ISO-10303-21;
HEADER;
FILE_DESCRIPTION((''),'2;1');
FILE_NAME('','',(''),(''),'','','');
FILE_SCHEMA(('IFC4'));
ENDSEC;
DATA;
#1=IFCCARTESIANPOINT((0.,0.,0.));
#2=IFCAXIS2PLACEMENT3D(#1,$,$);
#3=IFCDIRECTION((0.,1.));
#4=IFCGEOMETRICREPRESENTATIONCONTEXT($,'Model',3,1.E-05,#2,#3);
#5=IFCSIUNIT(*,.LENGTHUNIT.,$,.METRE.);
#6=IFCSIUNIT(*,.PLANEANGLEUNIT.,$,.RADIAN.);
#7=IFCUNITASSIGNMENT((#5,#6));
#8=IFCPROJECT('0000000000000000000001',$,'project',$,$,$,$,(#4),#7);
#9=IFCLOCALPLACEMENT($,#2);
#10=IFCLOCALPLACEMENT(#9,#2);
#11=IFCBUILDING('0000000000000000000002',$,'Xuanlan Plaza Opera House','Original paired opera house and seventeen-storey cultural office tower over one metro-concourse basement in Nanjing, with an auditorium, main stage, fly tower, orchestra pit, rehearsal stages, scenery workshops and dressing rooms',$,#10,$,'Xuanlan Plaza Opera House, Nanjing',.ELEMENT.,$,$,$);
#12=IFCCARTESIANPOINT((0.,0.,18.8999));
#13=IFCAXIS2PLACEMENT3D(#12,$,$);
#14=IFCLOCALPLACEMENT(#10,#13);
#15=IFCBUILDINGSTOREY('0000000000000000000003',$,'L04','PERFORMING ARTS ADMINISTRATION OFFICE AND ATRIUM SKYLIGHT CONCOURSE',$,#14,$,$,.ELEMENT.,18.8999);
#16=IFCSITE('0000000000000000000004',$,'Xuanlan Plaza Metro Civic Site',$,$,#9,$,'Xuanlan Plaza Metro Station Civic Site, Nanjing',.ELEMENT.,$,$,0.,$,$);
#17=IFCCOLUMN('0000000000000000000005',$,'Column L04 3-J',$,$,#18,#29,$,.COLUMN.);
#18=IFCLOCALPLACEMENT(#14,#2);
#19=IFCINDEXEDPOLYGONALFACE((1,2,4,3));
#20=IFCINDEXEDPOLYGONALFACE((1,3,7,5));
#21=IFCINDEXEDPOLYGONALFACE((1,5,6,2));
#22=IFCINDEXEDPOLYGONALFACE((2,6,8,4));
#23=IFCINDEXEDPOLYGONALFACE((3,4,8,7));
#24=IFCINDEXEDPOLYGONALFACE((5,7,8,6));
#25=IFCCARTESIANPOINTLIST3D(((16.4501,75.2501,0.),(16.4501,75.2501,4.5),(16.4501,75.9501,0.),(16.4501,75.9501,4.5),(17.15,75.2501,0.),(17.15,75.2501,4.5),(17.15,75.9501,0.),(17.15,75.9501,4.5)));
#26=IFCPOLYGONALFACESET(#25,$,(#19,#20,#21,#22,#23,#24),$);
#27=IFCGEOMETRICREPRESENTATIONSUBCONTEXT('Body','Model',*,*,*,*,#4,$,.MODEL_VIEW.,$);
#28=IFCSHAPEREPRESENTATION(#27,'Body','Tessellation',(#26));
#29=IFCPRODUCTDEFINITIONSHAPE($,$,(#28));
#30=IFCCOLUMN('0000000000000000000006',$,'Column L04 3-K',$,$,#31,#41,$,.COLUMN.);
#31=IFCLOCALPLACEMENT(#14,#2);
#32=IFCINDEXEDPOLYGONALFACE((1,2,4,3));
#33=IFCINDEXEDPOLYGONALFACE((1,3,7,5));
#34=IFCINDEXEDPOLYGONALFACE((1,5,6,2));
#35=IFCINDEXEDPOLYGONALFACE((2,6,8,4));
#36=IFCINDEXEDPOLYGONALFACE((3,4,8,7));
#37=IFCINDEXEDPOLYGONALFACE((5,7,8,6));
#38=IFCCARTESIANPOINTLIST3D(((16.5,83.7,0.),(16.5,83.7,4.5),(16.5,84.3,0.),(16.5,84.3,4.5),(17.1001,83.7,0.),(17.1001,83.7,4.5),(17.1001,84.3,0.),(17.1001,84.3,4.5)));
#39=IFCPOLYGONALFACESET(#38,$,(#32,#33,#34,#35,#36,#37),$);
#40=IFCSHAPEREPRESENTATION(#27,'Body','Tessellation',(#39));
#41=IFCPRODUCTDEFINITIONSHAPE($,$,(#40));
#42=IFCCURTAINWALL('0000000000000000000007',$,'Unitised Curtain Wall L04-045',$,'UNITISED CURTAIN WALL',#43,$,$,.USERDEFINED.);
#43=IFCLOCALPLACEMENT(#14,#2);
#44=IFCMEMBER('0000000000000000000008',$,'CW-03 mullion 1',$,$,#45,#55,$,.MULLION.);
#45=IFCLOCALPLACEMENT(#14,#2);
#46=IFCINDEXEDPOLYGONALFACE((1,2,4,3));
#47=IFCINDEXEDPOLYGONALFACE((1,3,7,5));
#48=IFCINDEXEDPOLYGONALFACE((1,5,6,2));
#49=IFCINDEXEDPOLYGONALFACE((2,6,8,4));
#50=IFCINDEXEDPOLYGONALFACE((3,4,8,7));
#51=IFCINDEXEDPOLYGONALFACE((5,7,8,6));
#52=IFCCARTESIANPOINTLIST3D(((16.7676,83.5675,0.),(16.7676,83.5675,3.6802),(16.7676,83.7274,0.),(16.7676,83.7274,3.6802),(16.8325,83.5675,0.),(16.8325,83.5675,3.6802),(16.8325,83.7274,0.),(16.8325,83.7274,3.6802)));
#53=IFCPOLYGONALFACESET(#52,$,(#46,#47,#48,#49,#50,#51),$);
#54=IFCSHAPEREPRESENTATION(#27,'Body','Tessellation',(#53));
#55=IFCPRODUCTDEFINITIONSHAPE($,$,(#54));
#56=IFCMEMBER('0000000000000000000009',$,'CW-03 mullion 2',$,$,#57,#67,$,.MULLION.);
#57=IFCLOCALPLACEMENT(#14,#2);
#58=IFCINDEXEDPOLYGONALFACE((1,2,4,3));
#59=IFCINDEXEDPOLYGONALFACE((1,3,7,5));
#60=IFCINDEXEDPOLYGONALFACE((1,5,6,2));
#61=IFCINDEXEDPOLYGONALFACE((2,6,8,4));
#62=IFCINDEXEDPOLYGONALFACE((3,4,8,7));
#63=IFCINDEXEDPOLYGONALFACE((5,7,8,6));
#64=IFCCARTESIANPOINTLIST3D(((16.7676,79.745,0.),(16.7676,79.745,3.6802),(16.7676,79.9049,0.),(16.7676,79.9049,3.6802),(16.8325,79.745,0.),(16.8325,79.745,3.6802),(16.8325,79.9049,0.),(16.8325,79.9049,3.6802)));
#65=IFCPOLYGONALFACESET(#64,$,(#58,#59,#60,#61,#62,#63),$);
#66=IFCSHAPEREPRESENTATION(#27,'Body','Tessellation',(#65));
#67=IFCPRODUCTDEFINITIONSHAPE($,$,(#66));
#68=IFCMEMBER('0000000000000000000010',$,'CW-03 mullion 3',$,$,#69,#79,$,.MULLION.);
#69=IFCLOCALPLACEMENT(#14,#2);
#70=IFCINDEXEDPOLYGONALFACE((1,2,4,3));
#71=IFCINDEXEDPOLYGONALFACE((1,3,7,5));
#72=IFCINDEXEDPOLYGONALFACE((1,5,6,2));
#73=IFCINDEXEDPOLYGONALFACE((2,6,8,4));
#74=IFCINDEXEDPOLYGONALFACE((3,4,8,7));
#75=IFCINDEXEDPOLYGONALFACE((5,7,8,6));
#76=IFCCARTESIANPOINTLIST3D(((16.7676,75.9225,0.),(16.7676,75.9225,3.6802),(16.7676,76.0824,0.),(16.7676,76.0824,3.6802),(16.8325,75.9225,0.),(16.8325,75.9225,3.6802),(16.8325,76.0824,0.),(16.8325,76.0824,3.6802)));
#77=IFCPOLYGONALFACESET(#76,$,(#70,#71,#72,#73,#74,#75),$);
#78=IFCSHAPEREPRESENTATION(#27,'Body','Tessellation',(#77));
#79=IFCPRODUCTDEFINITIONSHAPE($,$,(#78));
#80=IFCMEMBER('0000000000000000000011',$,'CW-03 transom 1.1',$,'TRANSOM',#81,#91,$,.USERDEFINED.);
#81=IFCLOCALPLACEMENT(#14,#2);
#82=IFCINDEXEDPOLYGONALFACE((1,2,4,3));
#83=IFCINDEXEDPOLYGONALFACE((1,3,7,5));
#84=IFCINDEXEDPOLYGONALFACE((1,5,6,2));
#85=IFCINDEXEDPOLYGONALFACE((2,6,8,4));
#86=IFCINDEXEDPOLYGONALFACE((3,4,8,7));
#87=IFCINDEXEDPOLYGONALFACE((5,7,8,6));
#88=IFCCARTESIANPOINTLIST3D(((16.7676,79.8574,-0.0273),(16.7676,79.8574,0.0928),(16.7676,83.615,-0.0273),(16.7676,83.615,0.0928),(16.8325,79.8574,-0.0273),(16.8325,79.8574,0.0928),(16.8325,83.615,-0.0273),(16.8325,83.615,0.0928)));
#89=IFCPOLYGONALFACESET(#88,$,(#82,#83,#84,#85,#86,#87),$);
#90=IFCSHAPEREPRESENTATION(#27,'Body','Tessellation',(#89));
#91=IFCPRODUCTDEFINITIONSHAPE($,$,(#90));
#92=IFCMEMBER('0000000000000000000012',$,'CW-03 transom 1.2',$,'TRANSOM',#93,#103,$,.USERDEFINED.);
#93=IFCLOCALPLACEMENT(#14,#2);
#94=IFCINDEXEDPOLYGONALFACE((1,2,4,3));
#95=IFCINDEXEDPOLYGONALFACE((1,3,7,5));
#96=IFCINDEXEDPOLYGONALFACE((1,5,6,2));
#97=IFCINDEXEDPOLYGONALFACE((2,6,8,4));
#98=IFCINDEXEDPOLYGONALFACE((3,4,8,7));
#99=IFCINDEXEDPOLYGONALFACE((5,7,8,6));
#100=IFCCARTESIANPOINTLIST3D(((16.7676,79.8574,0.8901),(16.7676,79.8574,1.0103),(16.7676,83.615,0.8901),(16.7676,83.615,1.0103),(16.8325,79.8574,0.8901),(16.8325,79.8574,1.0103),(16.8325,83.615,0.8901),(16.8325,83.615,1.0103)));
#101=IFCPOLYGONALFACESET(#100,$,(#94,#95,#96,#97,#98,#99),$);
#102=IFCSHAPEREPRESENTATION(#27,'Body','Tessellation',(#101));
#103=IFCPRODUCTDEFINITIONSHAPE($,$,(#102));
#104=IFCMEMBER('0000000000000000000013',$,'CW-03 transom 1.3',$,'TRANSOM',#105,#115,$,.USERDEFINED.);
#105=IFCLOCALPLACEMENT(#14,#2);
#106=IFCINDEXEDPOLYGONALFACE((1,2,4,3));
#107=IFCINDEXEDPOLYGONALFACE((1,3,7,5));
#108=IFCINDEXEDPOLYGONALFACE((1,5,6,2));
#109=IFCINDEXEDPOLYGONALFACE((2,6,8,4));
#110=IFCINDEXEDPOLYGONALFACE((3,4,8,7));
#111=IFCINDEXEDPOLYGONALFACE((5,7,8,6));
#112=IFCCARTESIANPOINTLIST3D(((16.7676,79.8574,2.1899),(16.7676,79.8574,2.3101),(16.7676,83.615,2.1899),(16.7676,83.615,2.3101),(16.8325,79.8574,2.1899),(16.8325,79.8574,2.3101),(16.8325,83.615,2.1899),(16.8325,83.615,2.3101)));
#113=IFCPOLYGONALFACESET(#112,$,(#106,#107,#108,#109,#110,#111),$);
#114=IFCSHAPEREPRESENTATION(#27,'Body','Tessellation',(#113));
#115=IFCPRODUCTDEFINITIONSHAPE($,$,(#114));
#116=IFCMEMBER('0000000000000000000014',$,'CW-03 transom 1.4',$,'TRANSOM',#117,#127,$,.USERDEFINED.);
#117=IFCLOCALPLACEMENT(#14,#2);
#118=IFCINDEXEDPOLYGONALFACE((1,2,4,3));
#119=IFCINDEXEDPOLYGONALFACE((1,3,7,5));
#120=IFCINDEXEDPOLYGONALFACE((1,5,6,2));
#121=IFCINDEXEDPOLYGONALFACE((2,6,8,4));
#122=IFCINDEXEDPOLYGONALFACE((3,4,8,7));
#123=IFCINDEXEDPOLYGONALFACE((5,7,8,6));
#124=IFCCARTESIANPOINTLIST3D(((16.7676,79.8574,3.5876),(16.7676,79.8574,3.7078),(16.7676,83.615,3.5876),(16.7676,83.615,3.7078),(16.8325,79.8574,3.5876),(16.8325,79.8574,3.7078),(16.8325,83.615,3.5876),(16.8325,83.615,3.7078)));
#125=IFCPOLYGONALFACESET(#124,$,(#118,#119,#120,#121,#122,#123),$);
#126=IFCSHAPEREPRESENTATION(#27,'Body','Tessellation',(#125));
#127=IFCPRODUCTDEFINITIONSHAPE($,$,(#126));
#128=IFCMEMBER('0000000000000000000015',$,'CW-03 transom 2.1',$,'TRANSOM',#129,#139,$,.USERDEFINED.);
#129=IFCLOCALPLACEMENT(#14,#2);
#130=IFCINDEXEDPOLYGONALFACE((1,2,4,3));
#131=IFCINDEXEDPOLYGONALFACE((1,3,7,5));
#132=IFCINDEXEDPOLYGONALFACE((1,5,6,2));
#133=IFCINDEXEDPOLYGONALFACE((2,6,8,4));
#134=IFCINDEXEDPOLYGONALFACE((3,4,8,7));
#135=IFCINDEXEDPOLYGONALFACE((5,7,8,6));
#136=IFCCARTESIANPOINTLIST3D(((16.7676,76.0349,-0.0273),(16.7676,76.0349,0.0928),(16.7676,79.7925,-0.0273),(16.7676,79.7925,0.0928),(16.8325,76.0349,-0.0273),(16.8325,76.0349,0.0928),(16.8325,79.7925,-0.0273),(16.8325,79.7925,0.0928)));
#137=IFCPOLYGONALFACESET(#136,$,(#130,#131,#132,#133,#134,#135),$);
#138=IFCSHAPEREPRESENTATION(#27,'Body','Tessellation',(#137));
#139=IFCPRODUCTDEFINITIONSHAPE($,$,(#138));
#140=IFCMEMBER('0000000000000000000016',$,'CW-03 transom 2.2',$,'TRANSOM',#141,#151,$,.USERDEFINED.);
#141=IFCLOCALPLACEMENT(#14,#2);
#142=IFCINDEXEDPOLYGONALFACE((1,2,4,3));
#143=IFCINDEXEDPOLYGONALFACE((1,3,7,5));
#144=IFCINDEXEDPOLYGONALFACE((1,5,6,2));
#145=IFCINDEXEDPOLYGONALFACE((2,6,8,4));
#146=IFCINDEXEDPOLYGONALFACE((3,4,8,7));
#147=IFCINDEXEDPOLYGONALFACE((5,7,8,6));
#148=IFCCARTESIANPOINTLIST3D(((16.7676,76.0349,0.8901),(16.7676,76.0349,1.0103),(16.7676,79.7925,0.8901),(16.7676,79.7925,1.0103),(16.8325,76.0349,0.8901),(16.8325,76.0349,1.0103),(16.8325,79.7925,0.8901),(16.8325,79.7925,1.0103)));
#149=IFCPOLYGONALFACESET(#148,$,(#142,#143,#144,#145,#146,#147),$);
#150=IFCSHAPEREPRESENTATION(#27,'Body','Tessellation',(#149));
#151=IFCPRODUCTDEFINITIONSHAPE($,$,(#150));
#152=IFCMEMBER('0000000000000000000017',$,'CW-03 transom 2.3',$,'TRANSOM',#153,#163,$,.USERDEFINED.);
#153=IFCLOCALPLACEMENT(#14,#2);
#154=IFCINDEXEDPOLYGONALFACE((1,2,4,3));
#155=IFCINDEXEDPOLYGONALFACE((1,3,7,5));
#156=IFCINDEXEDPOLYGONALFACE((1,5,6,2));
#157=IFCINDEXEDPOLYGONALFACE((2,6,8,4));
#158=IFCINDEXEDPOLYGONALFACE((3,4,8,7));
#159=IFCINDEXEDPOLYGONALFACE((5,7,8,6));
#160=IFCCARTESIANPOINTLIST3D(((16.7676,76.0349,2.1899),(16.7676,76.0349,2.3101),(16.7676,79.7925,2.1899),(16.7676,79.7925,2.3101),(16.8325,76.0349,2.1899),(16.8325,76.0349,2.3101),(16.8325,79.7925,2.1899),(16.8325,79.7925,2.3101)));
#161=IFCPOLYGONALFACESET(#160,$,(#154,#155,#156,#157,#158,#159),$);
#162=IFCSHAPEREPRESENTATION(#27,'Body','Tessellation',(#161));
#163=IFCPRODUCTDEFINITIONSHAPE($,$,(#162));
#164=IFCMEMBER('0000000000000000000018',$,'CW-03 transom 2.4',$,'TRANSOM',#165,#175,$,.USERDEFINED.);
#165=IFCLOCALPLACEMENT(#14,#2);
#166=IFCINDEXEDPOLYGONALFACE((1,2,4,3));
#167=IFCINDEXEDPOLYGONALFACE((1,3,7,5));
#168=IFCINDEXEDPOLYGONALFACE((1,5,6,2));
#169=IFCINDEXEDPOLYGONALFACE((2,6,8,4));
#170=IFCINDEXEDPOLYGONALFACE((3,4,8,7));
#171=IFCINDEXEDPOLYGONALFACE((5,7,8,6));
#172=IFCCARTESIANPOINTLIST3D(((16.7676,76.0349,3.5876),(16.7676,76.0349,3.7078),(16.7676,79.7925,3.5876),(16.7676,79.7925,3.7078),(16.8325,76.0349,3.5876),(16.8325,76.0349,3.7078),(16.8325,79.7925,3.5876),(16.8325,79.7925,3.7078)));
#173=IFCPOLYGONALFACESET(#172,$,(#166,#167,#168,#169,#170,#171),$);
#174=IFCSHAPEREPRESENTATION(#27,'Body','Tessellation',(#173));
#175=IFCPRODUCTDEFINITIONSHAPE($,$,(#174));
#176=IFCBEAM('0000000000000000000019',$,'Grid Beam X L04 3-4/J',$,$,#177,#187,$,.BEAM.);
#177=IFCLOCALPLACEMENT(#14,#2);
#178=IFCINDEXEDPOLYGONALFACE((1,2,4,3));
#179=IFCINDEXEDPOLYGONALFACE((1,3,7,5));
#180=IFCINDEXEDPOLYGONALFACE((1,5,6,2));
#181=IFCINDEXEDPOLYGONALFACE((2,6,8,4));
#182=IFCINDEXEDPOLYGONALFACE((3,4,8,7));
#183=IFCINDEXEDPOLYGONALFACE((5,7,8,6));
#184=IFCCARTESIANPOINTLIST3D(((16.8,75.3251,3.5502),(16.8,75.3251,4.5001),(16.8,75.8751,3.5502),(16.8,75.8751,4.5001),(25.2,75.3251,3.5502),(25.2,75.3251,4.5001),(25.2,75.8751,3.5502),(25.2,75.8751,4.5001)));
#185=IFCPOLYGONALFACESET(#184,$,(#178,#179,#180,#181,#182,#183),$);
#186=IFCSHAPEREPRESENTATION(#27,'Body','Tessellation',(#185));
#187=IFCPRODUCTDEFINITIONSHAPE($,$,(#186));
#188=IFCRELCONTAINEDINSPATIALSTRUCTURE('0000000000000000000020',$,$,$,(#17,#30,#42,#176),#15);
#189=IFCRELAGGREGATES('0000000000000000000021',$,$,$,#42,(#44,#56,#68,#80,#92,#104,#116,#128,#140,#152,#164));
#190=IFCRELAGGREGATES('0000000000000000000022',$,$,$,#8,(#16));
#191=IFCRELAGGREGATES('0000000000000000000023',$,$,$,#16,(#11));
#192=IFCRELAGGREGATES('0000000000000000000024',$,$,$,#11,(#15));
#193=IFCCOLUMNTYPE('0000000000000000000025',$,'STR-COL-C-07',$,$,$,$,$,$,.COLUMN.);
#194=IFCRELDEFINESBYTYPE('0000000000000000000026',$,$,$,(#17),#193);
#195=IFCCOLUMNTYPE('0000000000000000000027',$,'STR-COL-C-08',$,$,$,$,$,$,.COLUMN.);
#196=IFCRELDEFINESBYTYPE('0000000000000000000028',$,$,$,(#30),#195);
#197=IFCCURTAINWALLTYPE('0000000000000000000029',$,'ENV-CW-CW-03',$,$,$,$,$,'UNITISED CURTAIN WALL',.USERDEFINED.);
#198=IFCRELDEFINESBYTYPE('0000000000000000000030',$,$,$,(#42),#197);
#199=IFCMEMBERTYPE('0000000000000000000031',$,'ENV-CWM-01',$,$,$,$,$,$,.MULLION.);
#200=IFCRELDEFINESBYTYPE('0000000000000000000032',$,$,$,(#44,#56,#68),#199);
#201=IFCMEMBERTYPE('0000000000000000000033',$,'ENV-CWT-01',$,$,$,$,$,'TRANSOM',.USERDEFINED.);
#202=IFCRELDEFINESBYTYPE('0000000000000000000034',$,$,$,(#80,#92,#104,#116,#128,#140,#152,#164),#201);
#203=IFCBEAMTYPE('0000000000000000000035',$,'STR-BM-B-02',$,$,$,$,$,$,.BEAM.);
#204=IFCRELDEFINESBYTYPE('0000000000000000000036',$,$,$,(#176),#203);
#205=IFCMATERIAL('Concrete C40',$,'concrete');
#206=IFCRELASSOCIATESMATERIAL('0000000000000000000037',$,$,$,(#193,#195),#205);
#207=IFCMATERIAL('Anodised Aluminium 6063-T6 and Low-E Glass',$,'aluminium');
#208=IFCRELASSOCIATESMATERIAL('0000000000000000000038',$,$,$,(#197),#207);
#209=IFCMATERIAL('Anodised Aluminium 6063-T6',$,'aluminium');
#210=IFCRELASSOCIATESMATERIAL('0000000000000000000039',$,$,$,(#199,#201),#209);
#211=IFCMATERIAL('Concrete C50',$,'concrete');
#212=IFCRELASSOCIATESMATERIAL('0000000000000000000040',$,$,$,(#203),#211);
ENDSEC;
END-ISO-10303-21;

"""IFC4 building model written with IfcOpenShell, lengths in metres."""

from ifc_helpers import new_model, si_unit, direction, frame, origin, origin_2d, place, context, subcontext, project, spatial, rectangle, extrude, material, material_profile, profile_set, type_object, element, aggregate, save


model = new_model("IFC4")

# Units and contexts
model_context = context("Model", 3, precision=1e-05, world=origin(), true_north=direction((0.0, 1.0)))
body_context = subcontext(model_context, "Body", "Model", "MODEL_VIEW")
ifc_project = project(units=[si_unit("LENGTHUNIT", "METRE"), si_unit("PLANEANGLEUNIT", "RADIAN")], contexts=[model_context])

# Site, building, storey
site_placement = place(None, origin())
site = spatial("IfcSite", under=ifc_project, at=site_placement, Name="Xuanlan Plaza Metro Civic Site", LongName="Xuanlan Plaza Metro Station Civic Site, Nanjing", CompositionType="ELEMENT", RefElevation=0.0)
building_placement = place(site_placement, origin())
building = spatial("IfcBuilding", under=site, at=building_placement, Name="Xuanlan Plaza Opera House", Description="Original paired opera house and seventeen-storey cultural office tower over one metro-concourse basement in Nanjing, with an auditorium, main stage, fly tower, orchestra pit, rehearsal stages, scenery workshops and dressing rooms", LongName="Xuanlan Plaza Opera House, Nanjing", CompositionType="ELEMENT")
storey_placement = place(building_placement, frame((0.0, 0.0, 18.8999)))
storey = spatial("IfcBuildingStorey", under=building, at=storey_placement, Name="L04", Description="PERFORMING ARTS ADMINISTRATION OFFICE AND ATRIUM SKYLIGHT CONCOURSE", CompositionType="ELEMENT", Elevation=18.8999)

# Columns
ifc_material_1 = material(Name="Concrete C40", Category="concrete")
ifc_material_profile_1 = material_profile(ifc_material_1, rectangle(XDim=0.7, YDim=0.7, at=origin_2d()), Name="RC-COL 700x700")
ifc_profile_set_1 = profile_set([ifc_material_profile_1], Name="Concrete C40")
column_type_1 = type_object("IfcColumnType", Name="STR-COL-C-07", PredefinedType="COLUMN", material=ifc_profile_set_1)
column_1_placement = place(storey_placement, frame((16.8, 75.6001, 0.0), z_axis=(0.0, 0.0, 1.0), x_axis=(1.0, 0.0, 0.0)))
element("IfcColumn", 1, at=column_1_placement, inside=storey, type_object=column_type_1, Name="Column L04 3-J", PredefinedType="COLUMN", context=body_context, shape_type="SweptSolid", body=[
    extrude(rectangle(XDim=0.7, YDim=0.7, at=origin_2d()), origin(), (0.0, 0.0, 1.0), 4.5),
])
ifc_material_profile_2 = material_profile(ifc_material_1, rectangle(XDim=0.6001, YDim=0.6001, at=origin_2d()), Name="RC-COL 600x600")
ifc_profile_set_2 = profile_set([ifc_material_profile_2], Name="Concrete C40")
column_type_2 = type_object("IfcColumnType", Name="STR-COL-C-08", PredefinedType="COLUMN", material=ifc_profile_set_2)
column_2_placement = place(storey_placement, frame((16.8, 84.0, 0.0), z_axis=(0.0, 0.0, 1.0), x_axis=(1.0, 0.0, 0.0)))
element("IfcColumn", 2, at=column_2_placement, inside=storey, type_object=column_type_2, Name="Column L04 3-K", PredefinedType="COLUMN", context=body_context, shape_type="SweptSolid", body=[
    extrude(rectangle(XDim=0.6001, YDim=0.6001, at=origin_2d()), origin(), (0.0, 0.0, 1.0), 4.5),
])

# Curtain wall, members
ifc_material_2 = material(Name="Anodised Aluminium 6063-T6 and Low-E Glass", Category="aluminium")
curtain_wall_type = type_object("IfcCurtainWallType", Name="ENV-CW-CW-03", ElementType="UNITISED CURTAIN WALL", PredefinedType="USERDEFINED", material=ifc_material_2)
curtain_wall_placement = place(storey_placement, origin())
curtain_wall = element("IfcCurtainWall", 3, at=curtain_wall_placement, inside=storey, type_object=curtain_wall_type, Name="Unitised Curtain Wall L04-045", ObjectType="UNITISED CURTAIN WALL", PredefinedType="USERDEFINED")
ifc_material_3 = material(Name="Anodised Aluminium 6063-T6", Category="aluminium")
ifc_material_profile_3 = material_profile(ifc_material_3, rectangle(XDim=0.0649, YDim=0.1599, at=origin_2d()), Name="ALU-M 65x160")
ifc_profile_set_3 = profile_set([ifc_material_profile_3], Name="Anodised Aluminium 6063-T6")
member_type_1 = type_object("IfcMemberType", Name="ENV-CWM-01", PredefinedType="MULLION", material=ifc_profile_set_3)
member_1_placement = place(storey_placement, frame((16.8, 83.6475, 0.0), z_axis=(0.0, 0.0, 1.0), x_axis=(1.0, 0.0, 0.0)))
member_1 = element("IfcMember", 4, at=member_1_placement, type_object=member_type_1, Name="CW-03 mullion 1", PredefinedType="MULLION", context=body_context, shape_type="SweptSolid", body=[
    extrude(rectangle(XDim=0.0649, YDim=0.1599, at=origin_2d()), origin(), (0.0, 0.0, 1.0), 3.6802),
])
member_2_placement = place(storey_placement, frame((16.8, 79.825, 0.0), z_axis=(0.0, 0.0, 1.0), x_axis=(1.0, 0.0, 0.0)))
member_2 = element("IfcMember", 5, at=member_2_placement, type_object=member_type_1, Name="CW-03 mullion 2", PredefinedType="MULLION", context=body_context, shape_type="SweptSolid", body=[
    extrude(rectangle(XDim=0.0649, YDim=0.1599, at=origin_2d()), origin(), (0.0, 0.0, 1.0), 3.6802),
])
member_3_placement = place(storey_placement, frame((16.8, 76.0024, 0.0), z_axis=(0.0, 0.0, 1.0), x_axis=(1.0, 0.0, 0.0)))
member_3 = element("IfcMember", 6, at=member_3_placement, type_object=member_type_1, Name="CW-03 mullion 3", PredefinedType="MULLION", context=body_context, shape_type="SweptSolid", body=[
    extrude(rectangle(XDim=0.0649, YDim=0.1599, at=origin_2d()), origin(), (0.0, 0.0, 1.0), 3.6802),
])
ifc_material_profile_4 = material_profile(ifc_material_3, rectangle(XDim=0.0649, YDim=0.1201, at=origin_2d()), Name="ALU-T 65x120")
ifc_profile_set_4 = profile_set([ifc_material_profile_4], Name="Anodised Aluminium 6063-T6")
member_type_2 = type_object("IfcMemberType", Name="ENV-CWT-01", ElementType="TRANSOM", PredefinedType="USERDEFINED", material=ifc_profile_set_4)
member_4_placement = place(storey_placement, frame((16.8, 83.615, 0.0327), z_axis=(0.0, -1.0, 0.0), x_axis=(1.0, 0.0, 0.0)))
member_4 = element("IfcMember", 7, at=member_4_placement, type_object=member_type_2, Name="CW-03 transom 1.1", ObjectType="TRANSOM", PredefinedType="USERDEFINED", context=body_context, shape_type="SweptSolid", body=[
    extrude(rectangle(XDim=0.0649, YDim=0.1201, at=origin_2d()), origin(), (0.0, 0.0, 1.0), 3.7576),
])
member_5_placement = place(storey_placement, frame((16.8, 83.615, 0.9502), z_axis=(0.0, -1.0, 0.0), x_axis=(1.0, 0.0, 0.0)))
member_5 = element("IfcMember", 8, at=member_5_placement, type_object=member_type_2, Name="CW-03 transom 1.2", ObjectType="TRANSOM", PredefinedType="USERDEFINED", context=body_context, shape_type="SweptSolid", body=[
    extrude(rectangle(XDim=0.0649, YDim=0.1201, at=origin_2d()), origin(), (0.0, 0.0, 1.0), 3.7576),
])
member_6_placement = place(storey_placement, frame((16.8, 83.615, 2.25), z_axis=(0.0, -1.0, 0.0), x_axis=(1.0, 0.0, 0.0)))
member_6 = element("IfcMember", 9, at=member_6_placement, type_object=member_type_2, Name="CW-03 transom 1.3", ObjectType="TRANSOM", PredefinedType="USERDEFINED", context=body_context, shape_type="SweptSolid", body=[
    extrude(rectangle(XDim=0.0649, YDim=0.1201, at=origin_2d()), origin(), (0.0, 0.0, 1.0), 3.7576),
])
member_7_placement = place(storey_placement, frame((16.8, 83.615, 3.6477), z_axis=(0.0, -1.0, 0.0), x_axis=(1.0, 0.0, 0.0)))
member_7 = element("IfcMember", 10, at=member_7_placement, type_object=member_type_2, Name="CW-03 transom 1.4", ObjectType="TRANSOM", PredefinedType="USERDEFINED", context=body_context, shape_type="SweptSolid", body=[
    extrude(rectangle(XDim=0.0649, YDim=0.1201, at=origin_2d()), origin(), (0.0, 0.0, 1.0), 3.7576),
])
member_8_placement = place(storey_placement, frame((16.8, 79.7925, 0.0327), z_axis=(0.0, -1.0, 0.0), x_axis=(1.0, 0.0, 0.0)))
member_8 = element("IfcMember", 11, at=member_8_placement, type_object=member_type_2, Name="CW-03 transom 2.1", ObjectType="TRANSOM", PredefinedType="USERDEFINED", context=body_context, shape_type="SweptSolid", body=[
    extrude(rectangle(XDim=0.0649, YDim=0.1201, at=origin_2d()), origin(), (0.0, 0.0, 1.0), 3.7576),
])
member_9_placement = place(storey_placement, frame((16.8, 79.7925, 0.9502), z_axis=(0.0, -1.0, 0.0), x_axis=(1.0, 0.0, 0.0)))
member_9 = element("IfcMember", 12, at=member_9_placement, type_object=member_type_2, Name="CW-03 transom 2.2", ObjectType="TRANSOM", PredefinedType="USERDEFINED", context=body_context, shape_type="SweptSolid", body=[
    extrude(rectangle(XDim=0.0649, YDim=0.1201, at=origin_2d()), origin(), (0.0, 0.0, 1.0), 3.7576),
])
member_10_placement = place(storey_placement, frame((16.8, 79.7925, 2.25), z_axis=(0.0, -1.0, 0.0), x_axis=(1.0, 0.0, 0.0)))
member_10 = element("IfcMember", 13, at=member_10_placement, type_object=member_type_2, Name="CW-03 transom 2.3", ObjectType="TRANSOM", PredefinedType="USERDEFINED", context=body_context, shape_type="SweptSolid", body=[
    extrude(rectangle(XDim=0.0649, YDim=0.1201, at=origin_2d()), origin(), (0.0, 0.0, 1.0), 3.7576),
])
member_11_placement = place(storey_placement, frame((16.8, 79.7925, 3.6477), z_axis=(0.0, -1.0, 0.0), x_axis=(1.0, 0.0, 0.0)))
member_11 = element("IfcMember", 14, at=member_11_placement, type_object=member_type_2, Name="CW-03 transom 2.4", ObjectType="TRANSOM", PredefinedType="USERDEFINED", context=body_context, shape_type="SweptSolid", body=[
    extrude(rectangle(XDim=0.0649, YDim=0.1201, at=origin_2d()), origin(), (0.0, 0.0, 1.0), 3.7576),
])

# Beam
ifc_material_4 = material(Name="Concrete C50", Category="concrete")
ifc_material_profile_5 = material_profile(ifc_material_4, rectangle(XDim=0.55, YDim=0.95, at=origin_2d()), Name="RC-BM 550x950")
ifc_profile_set_5 = profile_set([ifc_material_profile_5], Name="Concrete C50")
beam_type_1 = type_object("IfcBeamType", Name="STR-BM-B-02", PredefinedType="BEAM", material=ifc_profile_set_5)
beam_1_placement = place(storey_placement, frame((16.8, 75.6001, 4.0251), z_axis=(1.0, 0.0, 0.0), x_axis=(0.0, 1.0, 0.0)))
element("IfcBeam", 15, at=beam_1_placement, inside=storey, type_object=beam_type_1, Name="Grid Beam X L04 3-4/J", PredefinedType="BEAM", context=body_context, shape_type="SweptSolid", body=[
    extrude(rectangle(XDim=0.55, YDim=0.95, at=origin_2d()), origin(), (0.0, 0.0, 1.0), 8.3999),
])

aggregate(curtain_wall, [member_1, member_2, member_3, member_4, member_5, member_6, member_7, member_8, member_9, member_10, member_11])

save(model, "model.ifc")
